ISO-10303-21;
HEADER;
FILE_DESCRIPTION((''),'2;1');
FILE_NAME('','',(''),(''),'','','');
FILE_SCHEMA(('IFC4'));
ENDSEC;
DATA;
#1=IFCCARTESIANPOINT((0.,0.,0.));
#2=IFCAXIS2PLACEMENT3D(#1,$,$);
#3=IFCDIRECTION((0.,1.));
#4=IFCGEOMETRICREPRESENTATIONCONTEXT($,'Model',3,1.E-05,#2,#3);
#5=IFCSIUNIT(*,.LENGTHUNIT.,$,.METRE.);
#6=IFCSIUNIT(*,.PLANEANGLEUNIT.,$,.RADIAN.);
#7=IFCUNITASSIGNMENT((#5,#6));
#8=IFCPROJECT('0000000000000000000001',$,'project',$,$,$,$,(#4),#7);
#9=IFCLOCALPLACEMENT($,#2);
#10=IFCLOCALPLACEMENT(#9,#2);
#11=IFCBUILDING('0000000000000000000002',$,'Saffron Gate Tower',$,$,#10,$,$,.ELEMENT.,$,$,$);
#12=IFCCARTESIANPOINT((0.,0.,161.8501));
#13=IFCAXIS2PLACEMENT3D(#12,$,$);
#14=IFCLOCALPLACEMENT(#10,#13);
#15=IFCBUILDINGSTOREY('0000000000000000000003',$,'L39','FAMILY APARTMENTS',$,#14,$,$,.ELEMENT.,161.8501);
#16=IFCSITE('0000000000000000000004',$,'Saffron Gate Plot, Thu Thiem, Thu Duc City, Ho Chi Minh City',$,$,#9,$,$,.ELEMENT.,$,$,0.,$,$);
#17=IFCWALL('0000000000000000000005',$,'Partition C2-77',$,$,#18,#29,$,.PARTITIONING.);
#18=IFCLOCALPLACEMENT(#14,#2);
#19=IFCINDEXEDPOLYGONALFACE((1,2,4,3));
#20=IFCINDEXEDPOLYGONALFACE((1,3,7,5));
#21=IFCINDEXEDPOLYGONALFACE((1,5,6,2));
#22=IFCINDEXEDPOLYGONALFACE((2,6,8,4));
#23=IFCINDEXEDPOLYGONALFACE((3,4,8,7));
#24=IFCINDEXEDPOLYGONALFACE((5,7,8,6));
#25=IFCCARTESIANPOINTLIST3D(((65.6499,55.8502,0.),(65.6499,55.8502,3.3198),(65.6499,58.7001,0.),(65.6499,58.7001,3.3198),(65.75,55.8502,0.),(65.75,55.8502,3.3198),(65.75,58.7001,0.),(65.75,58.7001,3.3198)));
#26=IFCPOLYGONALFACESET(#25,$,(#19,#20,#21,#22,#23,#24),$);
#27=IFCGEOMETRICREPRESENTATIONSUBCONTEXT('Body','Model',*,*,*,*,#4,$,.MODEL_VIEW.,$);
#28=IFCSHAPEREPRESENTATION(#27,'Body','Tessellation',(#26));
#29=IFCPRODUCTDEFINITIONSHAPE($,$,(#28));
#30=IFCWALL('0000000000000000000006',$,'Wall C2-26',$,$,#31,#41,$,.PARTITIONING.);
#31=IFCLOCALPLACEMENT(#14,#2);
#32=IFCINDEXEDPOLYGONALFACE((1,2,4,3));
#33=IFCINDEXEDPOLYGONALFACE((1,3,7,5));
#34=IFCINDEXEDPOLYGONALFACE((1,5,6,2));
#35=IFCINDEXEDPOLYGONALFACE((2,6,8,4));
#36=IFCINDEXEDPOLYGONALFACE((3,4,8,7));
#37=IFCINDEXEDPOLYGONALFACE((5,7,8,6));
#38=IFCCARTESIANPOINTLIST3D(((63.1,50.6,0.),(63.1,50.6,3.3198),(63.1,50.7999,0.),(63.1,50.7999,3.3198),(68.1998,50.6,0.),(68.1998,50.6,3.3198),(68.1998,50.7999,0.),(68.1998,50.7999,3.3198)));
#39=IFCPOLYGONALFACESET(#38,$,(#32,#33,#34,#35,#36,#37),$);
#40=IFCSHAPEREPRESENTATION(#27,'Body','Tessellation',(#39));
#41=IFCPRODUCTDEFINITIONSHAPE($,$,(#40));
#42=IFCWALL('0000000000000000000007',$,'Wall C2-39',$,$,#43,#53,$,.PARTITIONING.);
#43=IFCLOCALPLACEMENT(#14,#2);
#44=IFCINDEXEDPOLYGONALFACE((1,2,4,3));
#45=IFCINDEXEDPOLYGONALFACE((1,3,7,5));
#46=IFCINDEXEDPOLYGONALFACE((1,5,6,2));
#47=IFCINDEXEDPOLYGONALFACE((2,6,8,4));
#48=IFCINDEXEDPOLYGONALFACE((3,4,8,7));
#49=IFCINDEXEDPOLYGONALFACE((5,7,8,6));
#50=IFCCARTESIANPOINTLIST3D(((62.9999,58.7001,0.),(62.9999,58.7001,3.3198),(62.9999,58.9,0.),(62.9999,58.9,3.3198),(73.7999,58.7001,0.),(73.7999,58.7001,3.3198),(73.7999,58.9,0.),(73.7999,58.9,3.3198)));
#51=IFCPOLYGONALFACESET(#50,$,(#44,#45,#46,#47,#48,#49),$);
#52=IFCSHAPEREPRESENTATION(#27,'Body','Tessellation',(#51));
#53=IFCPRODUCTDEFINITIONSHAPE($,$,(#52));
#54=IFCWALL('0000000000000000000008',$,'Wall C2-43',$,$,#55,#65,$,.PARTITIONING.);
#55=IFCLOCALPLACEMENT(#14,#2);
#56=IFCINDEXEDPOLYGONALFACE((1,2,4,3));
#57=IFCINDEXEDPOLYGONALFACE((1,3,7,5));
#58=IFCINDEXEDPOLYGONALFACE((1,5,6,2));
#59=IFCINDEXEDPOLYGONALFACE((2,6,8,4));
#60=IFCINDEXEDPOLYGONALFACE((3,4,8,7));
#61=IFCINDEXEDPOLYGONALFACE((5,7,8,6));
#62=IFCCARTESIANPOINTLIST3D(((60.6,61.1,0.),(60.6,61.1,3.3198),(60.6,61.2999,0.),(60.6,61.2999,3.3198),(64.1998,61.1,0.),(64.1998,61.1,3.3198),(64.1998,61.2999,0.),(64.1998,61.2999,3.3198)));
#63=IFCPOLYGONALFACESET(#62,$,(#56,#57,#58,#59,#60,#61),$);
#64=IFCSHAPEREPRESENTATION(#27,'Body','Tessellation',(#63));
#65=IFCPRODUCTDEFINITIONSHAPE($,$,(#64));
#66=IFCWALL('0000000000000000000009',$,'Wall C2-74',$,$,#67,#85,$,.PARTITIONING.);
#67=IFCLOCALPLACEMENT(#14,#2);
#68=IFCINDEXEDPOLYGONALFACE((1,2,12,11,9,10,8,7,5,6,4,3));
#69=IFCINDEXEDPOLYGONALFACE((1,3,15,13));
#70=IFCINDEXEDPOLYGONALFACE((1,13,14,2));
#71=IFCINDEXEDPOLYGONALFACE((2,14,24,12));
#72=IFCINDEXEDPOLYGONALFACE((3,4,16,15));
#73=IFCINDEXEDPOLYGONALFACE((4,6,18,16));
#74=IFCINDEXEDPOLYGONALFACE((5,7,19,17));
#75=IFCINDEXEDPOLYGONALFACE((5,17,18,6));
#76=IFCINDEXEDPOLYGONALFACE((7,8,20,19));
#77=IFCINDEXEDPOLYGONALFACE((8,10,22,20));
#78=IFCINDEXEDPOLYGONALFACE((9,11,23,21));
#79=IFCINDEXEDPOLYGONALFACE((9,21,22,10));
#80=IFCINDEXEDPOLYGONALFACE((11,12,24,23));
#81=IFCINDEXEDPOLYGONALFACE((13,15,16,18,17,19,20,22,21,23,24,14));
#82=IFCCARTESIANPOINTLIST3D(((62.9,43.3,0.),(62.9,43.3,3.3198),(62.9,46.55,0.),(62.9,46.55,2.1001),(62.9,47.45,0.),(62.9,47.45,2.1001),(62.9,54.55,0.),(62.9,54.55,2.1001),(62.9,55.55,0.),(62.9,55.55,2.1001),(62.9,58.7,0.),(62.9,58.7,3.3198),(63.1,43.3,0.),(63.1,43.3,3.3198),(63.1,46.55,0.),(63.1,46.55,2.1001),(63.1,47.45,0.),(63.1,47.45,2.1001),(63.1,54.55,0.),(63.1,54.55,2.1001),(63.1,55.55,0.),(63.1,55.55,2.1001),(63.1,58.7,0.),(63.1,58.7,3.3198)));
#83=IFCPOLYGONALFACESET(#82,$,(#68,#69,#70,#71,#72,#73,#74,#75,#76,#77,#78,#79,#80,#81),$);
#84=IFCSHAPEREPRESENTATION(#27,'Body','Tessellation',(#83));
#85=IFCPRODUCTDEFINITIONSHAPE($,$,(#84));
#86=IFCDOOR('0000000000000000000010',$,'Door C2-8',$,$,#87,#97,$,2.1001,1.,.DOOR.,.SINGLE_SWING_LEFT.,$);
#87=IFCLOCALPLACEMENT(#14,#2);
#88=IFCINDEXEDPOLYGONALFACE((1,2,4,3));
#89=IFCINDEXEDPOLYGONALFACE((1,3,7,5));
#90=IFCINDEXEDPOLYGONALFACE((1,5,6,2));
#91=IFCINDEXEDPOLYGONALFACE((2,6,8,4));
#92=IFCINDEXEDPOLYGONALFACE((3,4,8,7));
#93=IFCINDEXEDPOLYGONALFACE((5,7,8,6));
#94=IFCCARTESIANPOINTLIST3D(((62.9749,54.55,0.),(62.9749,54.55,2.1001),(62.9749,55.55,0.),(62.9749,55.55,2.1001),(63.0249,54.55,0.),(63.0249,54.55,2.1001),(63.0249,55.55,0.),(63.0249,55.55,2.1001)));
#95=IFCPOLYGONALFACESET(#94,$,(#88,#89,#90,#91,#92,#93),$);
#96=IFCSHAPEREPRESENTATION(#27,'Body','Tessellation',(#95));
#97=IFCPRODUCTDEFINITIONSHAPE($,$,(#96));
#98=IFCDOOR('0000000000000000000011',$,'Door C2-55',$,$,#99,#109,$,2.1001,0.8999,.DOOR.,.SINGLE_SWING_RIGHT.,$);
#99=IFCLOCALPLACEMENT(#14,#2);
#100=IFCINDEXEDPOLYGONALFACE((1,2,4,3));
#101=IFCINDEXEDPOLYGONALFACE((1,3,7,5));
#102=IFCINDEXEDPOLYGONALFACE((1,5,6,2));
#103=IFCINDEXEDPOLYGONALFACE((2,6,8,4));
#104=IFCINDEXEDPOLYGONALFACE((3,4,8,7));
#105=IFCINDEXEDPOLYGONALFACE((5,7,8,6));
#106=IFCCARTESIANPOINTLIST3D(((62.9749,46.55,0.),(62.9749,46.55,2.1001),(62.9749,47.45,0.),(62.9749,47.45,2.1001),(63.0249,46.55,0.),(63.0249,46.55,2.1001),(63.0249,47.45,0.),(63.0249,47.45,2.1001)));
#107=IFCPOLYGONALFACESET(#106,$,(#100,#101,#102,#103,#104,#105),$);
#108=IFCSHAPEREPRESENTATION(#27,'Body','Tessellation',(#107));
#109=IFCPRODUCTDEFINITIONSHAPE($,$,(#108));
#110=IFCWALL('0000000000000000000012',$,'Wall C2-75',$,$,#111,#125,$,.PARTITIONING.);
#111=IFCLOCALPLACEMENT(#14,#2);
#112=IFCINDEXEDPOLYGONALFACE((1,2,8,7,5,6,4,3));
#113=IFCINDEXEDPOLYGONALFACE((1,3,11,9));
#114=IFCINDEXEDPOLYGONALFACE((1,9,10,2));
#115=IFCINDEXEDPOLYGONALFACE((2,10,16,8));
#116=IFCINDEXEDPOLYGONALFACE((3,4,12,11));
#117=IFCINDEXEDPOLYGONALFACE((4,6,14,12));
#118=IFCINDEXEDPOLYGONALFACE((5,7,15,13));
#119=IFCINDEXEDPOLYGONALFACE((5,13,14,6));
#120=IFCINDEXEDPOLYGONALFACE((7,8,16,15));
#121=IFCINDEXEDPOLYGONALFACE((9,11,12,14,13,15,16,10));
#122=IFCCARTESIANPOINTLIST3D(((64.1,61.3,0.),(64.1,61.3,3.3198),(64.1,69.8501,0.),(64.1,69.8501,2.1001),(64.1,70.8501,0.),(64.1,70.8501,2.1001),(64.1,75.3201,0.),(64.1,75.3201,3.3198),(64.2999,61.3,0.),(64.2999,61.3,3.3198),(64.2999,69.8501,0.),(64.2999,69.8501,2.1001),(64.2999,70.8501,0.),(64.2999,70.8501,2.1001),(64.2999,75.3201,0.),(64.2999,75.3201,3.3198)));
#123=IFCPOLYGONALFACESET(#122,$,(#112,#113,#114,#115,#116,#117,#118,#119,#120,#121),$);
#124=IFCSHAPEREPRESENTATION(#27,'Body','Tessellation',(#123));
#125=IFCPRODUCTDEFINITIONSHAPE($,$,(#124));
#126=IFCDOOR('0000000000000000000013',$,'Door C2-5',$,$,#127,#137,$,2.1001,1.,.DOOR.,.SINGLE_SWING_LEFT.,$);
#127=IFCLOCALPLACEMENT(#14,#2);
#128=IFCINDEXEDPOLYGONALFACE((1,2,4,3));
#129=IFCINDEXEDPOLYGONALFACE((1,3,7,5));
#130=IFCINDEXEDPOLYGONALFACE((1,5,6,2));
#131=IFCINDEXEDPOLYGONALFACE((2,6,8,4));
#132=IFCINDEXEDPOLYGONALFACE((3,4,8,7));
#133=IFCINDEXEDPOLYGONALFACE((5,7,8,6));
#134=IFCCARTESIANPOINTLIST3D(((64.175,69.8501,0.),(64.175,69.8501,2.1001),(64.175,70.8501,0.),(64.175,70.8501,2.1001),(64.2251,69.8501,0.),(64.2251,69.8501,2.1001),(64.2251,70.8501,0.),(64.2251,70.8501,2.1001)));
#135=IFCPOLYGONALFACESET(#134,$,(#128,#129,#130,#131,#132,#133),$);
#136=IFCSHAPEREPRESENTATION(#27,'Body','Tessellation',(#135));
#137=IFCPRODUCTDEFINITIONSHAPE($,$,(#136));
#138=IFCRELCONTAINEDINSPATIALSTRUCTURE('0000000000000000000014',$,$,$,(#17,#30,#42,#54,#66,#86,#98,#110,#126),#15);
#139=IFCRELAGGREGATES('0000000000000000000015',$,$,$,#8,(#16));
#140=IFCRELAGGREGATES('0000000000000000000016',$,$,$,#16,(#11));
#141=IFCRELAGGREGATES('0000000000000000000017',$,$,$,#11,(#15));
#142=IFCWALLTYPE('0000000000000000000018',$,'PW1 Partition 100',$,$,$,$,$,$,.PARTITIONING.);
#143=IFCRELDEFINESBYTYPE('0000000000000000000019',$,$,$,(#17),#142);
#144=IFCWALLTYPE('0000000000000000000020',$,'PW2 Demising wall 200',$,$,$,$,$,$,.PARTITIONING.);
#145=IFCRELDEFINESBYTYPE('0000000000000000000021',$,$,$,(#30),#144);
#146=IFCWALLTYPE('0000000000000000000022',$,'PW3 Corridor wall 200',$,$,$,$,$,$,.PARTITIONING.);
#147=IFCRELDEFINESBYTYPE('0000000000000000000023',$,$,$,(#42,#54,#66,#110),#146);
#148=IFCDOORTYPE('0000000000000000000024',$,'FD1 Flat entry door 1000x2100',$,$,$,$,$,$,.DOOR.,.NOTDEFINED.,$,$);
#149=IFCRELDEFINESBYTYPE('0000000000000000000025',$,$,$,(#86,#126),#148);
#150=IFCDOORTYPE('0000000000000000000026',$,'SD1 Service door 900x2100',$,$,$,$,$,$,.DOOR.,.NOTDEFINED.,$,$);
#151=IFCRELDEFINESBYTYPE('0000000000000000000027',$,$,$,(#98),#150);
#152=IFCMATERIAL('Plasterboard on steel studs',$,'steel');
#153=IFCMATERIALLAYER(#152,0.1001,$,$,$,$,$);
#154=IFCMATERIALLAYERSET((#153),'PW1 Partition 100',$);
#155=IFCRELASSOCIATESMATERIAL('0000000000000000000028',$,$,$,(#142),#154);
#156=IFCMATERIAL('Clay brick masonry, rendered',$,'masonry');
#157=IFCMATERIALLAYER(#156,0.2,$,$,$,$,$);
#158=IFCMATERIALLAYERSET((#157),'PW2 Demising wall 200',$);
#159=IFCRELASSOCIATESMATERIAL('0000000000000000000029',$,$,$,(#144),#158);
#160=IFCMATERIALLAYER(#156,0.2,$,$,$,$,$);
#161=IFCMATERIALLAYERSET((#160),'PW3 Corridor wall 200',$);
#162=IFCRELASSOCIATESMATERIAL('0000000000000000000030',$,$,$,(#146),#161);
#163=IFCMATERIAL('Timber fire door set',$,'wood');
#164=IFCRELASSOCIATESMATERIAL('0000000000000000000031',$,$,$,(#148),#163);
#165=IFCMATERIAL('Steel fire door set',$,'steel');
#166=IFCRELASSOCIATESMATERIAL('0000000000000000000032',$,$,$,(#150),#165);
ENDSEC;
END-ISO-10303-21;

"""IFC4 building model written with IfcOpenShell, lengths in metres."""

from ifc_helpers import new_model, si_unit, direction, frame, frame_2d, origin, place, context, subcontext, project, spatial, rectangle, extrude, material, layer, layer_set, type_object, element, fill, save


model = new_model("IFC4")

# Units and contexts
model_context = context("Model", 3, precision=1e-05, world=origin(), true_north=direction((0.0, 1.0)))
body_context = subcontext(model_context, "Body", "Model", "MODEL_VIEW")
ifc_project = project(units=[si_unit("LENGTHUNIT", "METRE"), si_unit("PLANEANGLEUNIT", "RADIAN")], contexts=[model_context])

# Site, building, storey
site_placement = place(None, origin())
site = spatial("IfcSite", under=ifc_project, at=site_placement, Name="Saffron Gate Plot, Thu Thiem, Thu Duc City, Ho Chi Minh City", CompositionType="ELEMENT", RefElevation=0.0)
building_placement = place(site_placement, origin())
building = spatial("IfcBuilding", under=site, at=building_placement, Name="Saffron Gate Tower", CompositionType="ELEMENT")
storey_placement = place(building_placement, frame((0.0, 0.0, 161.8501)))
storey = spatial("IfcBuildingStorey", under=building, at=storey_placement, Name="L39", Description="FAMILY APARTMENTS", CompositionType="ELEMENT", Elevation=161.8501)

# Shared definitions
ifc_material_1 = material(Name="Steel fire door set", Category="steel")
ifc_material_2 = material(Name="Plasterboard on steel studs", Category="steel")
ifc_layer_1 = layer(ifc_material_2, 0.1001)
ifc_layer_set_1 = layer_set([ifc_layer_1], Name="PW1 Partition 100")
wall_type_1 = type_object("IfcWallType", Name="PW1 Partition 100", PredefinedType="PARTITIONING", material=ifc_layer_set_1)

# Walls
wall_1_placement = place(storey_placement, frame((65.7, 58.7, 0.0), z_axis=(0.0, 0.0, 1.0), x_axis=(0.0, -1.0, 0.0)))
element("IfcWall", 1, at=wall_1_placement, inside=storey, type_object=wall_type_1, Name="Partition C2-77", PredefinedType="PARTITIONING", context=body_context, shape_type="SweptSolid", body=[
    extrude(rectangle(XDim=2.8499, YDim=0.1001, at=frame_2d((1.4248, 0.0))), origin(), (0.0, 0.0, 1.0), 3.3198),
])
ifc_material_3 = material(Name="Clay brick masonry, rendered", Category="masonry")
ifc_layer_2 = layer(ifc_material_3, 0.2)
ifc_layer_set_2 = layer_set([ifc_layer_2], Name="PW2 Demising wall 200")
wall_type_2 = type_object("IfcWallType", Name="PW2 Demising wall 200", PredefinedType="PARTITIONING", material=ifc_layer_set_2)
wall_2_placement = place(storey_placement, frame((63.1001, 50.7, 0.0), z_axis=(0.0, 0.0, 1.0), x_axis=(1.0, 0.0, 0.0)))
element("IfcWall", 2, at=wall_2_placement, inside=storey, type_object=wall_type_2, Name="Wall C2-26", PredefinedType="PARTITIONING", context=body_context, shape_type="SweptSolid", body=[
    extrude(rectangle(XDim=5.0999, YDim=0.2, at=frame_2d((2.5498, 0.0))), origin(), (0.0, 0.0, 1.0), 3.3198),
])
ifc_layer_3 = layer(ifc_material_3, 0.2)
ifc_layer_set_3 = layer_set([ifc_layer_3], Name="PW3 Corridor wall 200")
wall_type_3 = type_object("IfcWallType", Name="PW3 Corridor wall 200", PredefinedType="PARTITIONING", material=ifc_layer_set_3)
wall_3_placement = place(storey_placement, frame((63.0, 58.8, 0.0), z_axis=(0.0, 0.0, 1.0), x_axis=(1.0, 0.0, 0.0)))
element("IfcWall", 3, at=wall_3_placement, inside=storey, type_object=wall_type_3, Name="Wall C2-39", PredefinedType="PARTITIONING", context=body_context, shape_type="SweptSolid", body=[
    extrude(rectangle(XDim=10.8, YDim=0.2, at=frame_2d((5.3999, 0.0))), origin(), (0.0, 0.0, 1.0), 3.3198),
])
wall_4_placement = place(storey_placement, frame((60.6001, 61.2, 0.0), z_axis=(0.0, 0.0, 1.0), x_axis=(1.0, 0.0, 0.0)))
element("IfcWall", 4, at=wall_4_placement, inside=storey, type_object=wall_type_3, Name="Wall C2-43", PredefinedType="PARTITIONING", context=body_context, shape_type="SweptSolid", body=[
    extrude(rectangle(XDim=3.5999, YDim=0.2, at=frame_2d((1.7998, 0.0))), origin(), (0.0, 0.0, 1.0), 3.3198),
])

# Wall, openings, doors
wall_5_placement = place(storey_placement, frame((63.0, 58.7, 0.0), z_axis=(0.0, 0.0, 1.0), x_axis=(0.0, -1.0, 0.0)))
wall_5 = element("IfcWall", 5, at=wall_5_placement, inside=storey, type_object=wall_type_3, Name="Wall C2-74", PredefinedType="PARTITIONING", context=body_context, shape_type="SweptSolid", body=[
    extrude(rectangle(XDim=15.3999, YDim=0.2, at=frame_2d((7.7, 0.0))), origin(), (0.0, 0.0, 1.0), 3.3198),
])
opening_1_placement = place(wall_5_placement, frame((3.1499, 0.0, 0.0)))
opening_1 = element("IfcOpeningElement", 6, at=opening_1_placement, cuts=wall_5, PredefinedType="OPENING", context=body_context, shape_type="SweptSolid", body=[
    extrude(rectangle(XDim=1.0, YDim=2.1001, at=frame_2d((0.5, 1.05))), frame((0.0, 0.1099, 0.0), z_axis=(0.0, -1.0, 0.0), x_axis=(1.0, 0.0, 0.0)), (0.0, 0.0, 1.0), 0.22),
])
opening_2_placement = place(wall_5_placement, frame((11.25, 0.0, 0.0)))
opening_2 = element("IfcOpeningElement", 7, at=opening_2_placement, cuts=wall_5, PredefinedType="OPENING", context=body_context, shape_type="SweptSolid", body=[
    extrude(rectangle(XDim=0.8999, YDim=2.1001, at=frame_2d((0.45, 1.05))), frame((0.0, 0.1099, 0.0), z_axis=(0.0, -1.0, 0.0), x_axis=(1.0, 0.0, 0.0)), (0.0, 0.0, 1.0), 0.22),
])
ifc_material_4 = material(Name="Timber fire door set", Category="wood")
door_type_1 = type_object("IfcDoorType", Name="FD1 Flat entry door 1000x2100", OperationType="NOTDEFINED", PredefinedType="DOOR", material=ifc_material_4)
door_1_placement = place(opening_1_placement, origin())
door_1 = element("IfcDoor", 8, at=door_1_placement, inside=storey, type_object=door_type_1, Name="Door C2-8", OperationType="SINGLE_SWING_LEFT", OverallHeight=2.1001, OverallWidth=1.0, PredefinedType="DOOR", context=body_context, shape_type="SweptSolid", body=[
    extrude(rectangle(XDim=1.0, YDim=2.1001, at=frame_2d((0.5, 1.05))), frame((0.0, 0.0249, 0.0), z_axis=(0.0, -1.0, 0.0), x_axis=(1.0, 0.0, 0.0)), (0.0, 0.0, 1.0), 0.05),
])
fill(opening_1, door_1)
door_type_2 = type_object("IfcDoorType", Name="SD1 Service door 900x2100", OperationType="NOTDEFINED", PredefinedType="DOOR", material=ifc_material_1)
door_2_placement = place(opening_2_placement, origin())
door_2 = element("IfcDoor", 9, at=door_2_placement, inside=storey, type_object=door_type_2, Name="Door C2-55", OperationType="SINGLE_SWING_RIGHT", OverallHeight=2.1001, OverallWidth=0.8999, PredefinedType="DOOR", context=body_context, shape_type="SweptSolid", body=[
    extrude(rectangle(XDim=0.8999, YDim=2.1001, at=frame_2d((0.45, 1.05))), frame((0.0, 0.0249, 0.0), z_axis=(0.0, -1.0, 0.0), x_axis=(1.0, 0.0, 0.0)), (0.0, 0.0, 1.0), 0.05),
])
fill(opening_2, door_2)

# Wall, opening, door
wall_6_placement = place(storey_placement, frame((64.2, 61.3, 0.0), z_axis=(0.0, 0.0, 1.0), x_axis=(0.0, 1.0, 0.0)))
wall_6 = element("IfcWall", 10, at=wall_6_placement, inside=storey, type_object=wall_type_3, Name="Wall C2-75", PredefinedType="PARTITIONING", context=body_context, shape_type="SweptSolid", body=[
    extrude(rectangle(XDim=14.02, YDim=0.2, at=frame_2d((7.01, 0.0))), origin(), (0.0, 0.0, 1.0), 3.3198),
])
opening_3_placement = place(wall_6_placement, frame((8.55, 0.0, 0.0)))
opening_3 = element("IfcOpeningElement", 11, at=opening_3_placement, cuts=wall_6, PredefinedType="OPENING", context=body_context, shape_type="SweptSolid", body=[
    extrude(rectangle(XDim=1.0, YDim=2.1001, at=frame_2d((0.5, 1.05))), frame((0.0, 0.1099, 0.0), z_axis=(0.0, -1.0, 0.0), x_axis=(1.0, 0.0, 0.0)), (0.0, 0.0, 1.0), 0.22),
])
door_3_placement = place(opening_3_placement, origin())
door_3 = element("IfcDoor", 12, at=door_3_placement, inside=storey, type_object=door_type_1, Name="Door C2-5", OperationType="SINGLE_SWING_LEFT", OverallHeight=2.1001, OverallWidth=1.0, PredefinedType="DOOR", context=body_context, shape_type="SweptSolid", body=[
    extrude(rectangle(XDim=1.0, YDim=2.1001, at=frame_2d((0.5, 1.05))), frame((0.0, 0.0249, 0.0), z_axis=(0.0, -1.0, 0.0), x_axis=(1.0, 0.0, 0.0)), (0.0, 0.0, 1.0), 0.05),
])
fill(opening_3, door_3)

save(model, "model.ifc")
